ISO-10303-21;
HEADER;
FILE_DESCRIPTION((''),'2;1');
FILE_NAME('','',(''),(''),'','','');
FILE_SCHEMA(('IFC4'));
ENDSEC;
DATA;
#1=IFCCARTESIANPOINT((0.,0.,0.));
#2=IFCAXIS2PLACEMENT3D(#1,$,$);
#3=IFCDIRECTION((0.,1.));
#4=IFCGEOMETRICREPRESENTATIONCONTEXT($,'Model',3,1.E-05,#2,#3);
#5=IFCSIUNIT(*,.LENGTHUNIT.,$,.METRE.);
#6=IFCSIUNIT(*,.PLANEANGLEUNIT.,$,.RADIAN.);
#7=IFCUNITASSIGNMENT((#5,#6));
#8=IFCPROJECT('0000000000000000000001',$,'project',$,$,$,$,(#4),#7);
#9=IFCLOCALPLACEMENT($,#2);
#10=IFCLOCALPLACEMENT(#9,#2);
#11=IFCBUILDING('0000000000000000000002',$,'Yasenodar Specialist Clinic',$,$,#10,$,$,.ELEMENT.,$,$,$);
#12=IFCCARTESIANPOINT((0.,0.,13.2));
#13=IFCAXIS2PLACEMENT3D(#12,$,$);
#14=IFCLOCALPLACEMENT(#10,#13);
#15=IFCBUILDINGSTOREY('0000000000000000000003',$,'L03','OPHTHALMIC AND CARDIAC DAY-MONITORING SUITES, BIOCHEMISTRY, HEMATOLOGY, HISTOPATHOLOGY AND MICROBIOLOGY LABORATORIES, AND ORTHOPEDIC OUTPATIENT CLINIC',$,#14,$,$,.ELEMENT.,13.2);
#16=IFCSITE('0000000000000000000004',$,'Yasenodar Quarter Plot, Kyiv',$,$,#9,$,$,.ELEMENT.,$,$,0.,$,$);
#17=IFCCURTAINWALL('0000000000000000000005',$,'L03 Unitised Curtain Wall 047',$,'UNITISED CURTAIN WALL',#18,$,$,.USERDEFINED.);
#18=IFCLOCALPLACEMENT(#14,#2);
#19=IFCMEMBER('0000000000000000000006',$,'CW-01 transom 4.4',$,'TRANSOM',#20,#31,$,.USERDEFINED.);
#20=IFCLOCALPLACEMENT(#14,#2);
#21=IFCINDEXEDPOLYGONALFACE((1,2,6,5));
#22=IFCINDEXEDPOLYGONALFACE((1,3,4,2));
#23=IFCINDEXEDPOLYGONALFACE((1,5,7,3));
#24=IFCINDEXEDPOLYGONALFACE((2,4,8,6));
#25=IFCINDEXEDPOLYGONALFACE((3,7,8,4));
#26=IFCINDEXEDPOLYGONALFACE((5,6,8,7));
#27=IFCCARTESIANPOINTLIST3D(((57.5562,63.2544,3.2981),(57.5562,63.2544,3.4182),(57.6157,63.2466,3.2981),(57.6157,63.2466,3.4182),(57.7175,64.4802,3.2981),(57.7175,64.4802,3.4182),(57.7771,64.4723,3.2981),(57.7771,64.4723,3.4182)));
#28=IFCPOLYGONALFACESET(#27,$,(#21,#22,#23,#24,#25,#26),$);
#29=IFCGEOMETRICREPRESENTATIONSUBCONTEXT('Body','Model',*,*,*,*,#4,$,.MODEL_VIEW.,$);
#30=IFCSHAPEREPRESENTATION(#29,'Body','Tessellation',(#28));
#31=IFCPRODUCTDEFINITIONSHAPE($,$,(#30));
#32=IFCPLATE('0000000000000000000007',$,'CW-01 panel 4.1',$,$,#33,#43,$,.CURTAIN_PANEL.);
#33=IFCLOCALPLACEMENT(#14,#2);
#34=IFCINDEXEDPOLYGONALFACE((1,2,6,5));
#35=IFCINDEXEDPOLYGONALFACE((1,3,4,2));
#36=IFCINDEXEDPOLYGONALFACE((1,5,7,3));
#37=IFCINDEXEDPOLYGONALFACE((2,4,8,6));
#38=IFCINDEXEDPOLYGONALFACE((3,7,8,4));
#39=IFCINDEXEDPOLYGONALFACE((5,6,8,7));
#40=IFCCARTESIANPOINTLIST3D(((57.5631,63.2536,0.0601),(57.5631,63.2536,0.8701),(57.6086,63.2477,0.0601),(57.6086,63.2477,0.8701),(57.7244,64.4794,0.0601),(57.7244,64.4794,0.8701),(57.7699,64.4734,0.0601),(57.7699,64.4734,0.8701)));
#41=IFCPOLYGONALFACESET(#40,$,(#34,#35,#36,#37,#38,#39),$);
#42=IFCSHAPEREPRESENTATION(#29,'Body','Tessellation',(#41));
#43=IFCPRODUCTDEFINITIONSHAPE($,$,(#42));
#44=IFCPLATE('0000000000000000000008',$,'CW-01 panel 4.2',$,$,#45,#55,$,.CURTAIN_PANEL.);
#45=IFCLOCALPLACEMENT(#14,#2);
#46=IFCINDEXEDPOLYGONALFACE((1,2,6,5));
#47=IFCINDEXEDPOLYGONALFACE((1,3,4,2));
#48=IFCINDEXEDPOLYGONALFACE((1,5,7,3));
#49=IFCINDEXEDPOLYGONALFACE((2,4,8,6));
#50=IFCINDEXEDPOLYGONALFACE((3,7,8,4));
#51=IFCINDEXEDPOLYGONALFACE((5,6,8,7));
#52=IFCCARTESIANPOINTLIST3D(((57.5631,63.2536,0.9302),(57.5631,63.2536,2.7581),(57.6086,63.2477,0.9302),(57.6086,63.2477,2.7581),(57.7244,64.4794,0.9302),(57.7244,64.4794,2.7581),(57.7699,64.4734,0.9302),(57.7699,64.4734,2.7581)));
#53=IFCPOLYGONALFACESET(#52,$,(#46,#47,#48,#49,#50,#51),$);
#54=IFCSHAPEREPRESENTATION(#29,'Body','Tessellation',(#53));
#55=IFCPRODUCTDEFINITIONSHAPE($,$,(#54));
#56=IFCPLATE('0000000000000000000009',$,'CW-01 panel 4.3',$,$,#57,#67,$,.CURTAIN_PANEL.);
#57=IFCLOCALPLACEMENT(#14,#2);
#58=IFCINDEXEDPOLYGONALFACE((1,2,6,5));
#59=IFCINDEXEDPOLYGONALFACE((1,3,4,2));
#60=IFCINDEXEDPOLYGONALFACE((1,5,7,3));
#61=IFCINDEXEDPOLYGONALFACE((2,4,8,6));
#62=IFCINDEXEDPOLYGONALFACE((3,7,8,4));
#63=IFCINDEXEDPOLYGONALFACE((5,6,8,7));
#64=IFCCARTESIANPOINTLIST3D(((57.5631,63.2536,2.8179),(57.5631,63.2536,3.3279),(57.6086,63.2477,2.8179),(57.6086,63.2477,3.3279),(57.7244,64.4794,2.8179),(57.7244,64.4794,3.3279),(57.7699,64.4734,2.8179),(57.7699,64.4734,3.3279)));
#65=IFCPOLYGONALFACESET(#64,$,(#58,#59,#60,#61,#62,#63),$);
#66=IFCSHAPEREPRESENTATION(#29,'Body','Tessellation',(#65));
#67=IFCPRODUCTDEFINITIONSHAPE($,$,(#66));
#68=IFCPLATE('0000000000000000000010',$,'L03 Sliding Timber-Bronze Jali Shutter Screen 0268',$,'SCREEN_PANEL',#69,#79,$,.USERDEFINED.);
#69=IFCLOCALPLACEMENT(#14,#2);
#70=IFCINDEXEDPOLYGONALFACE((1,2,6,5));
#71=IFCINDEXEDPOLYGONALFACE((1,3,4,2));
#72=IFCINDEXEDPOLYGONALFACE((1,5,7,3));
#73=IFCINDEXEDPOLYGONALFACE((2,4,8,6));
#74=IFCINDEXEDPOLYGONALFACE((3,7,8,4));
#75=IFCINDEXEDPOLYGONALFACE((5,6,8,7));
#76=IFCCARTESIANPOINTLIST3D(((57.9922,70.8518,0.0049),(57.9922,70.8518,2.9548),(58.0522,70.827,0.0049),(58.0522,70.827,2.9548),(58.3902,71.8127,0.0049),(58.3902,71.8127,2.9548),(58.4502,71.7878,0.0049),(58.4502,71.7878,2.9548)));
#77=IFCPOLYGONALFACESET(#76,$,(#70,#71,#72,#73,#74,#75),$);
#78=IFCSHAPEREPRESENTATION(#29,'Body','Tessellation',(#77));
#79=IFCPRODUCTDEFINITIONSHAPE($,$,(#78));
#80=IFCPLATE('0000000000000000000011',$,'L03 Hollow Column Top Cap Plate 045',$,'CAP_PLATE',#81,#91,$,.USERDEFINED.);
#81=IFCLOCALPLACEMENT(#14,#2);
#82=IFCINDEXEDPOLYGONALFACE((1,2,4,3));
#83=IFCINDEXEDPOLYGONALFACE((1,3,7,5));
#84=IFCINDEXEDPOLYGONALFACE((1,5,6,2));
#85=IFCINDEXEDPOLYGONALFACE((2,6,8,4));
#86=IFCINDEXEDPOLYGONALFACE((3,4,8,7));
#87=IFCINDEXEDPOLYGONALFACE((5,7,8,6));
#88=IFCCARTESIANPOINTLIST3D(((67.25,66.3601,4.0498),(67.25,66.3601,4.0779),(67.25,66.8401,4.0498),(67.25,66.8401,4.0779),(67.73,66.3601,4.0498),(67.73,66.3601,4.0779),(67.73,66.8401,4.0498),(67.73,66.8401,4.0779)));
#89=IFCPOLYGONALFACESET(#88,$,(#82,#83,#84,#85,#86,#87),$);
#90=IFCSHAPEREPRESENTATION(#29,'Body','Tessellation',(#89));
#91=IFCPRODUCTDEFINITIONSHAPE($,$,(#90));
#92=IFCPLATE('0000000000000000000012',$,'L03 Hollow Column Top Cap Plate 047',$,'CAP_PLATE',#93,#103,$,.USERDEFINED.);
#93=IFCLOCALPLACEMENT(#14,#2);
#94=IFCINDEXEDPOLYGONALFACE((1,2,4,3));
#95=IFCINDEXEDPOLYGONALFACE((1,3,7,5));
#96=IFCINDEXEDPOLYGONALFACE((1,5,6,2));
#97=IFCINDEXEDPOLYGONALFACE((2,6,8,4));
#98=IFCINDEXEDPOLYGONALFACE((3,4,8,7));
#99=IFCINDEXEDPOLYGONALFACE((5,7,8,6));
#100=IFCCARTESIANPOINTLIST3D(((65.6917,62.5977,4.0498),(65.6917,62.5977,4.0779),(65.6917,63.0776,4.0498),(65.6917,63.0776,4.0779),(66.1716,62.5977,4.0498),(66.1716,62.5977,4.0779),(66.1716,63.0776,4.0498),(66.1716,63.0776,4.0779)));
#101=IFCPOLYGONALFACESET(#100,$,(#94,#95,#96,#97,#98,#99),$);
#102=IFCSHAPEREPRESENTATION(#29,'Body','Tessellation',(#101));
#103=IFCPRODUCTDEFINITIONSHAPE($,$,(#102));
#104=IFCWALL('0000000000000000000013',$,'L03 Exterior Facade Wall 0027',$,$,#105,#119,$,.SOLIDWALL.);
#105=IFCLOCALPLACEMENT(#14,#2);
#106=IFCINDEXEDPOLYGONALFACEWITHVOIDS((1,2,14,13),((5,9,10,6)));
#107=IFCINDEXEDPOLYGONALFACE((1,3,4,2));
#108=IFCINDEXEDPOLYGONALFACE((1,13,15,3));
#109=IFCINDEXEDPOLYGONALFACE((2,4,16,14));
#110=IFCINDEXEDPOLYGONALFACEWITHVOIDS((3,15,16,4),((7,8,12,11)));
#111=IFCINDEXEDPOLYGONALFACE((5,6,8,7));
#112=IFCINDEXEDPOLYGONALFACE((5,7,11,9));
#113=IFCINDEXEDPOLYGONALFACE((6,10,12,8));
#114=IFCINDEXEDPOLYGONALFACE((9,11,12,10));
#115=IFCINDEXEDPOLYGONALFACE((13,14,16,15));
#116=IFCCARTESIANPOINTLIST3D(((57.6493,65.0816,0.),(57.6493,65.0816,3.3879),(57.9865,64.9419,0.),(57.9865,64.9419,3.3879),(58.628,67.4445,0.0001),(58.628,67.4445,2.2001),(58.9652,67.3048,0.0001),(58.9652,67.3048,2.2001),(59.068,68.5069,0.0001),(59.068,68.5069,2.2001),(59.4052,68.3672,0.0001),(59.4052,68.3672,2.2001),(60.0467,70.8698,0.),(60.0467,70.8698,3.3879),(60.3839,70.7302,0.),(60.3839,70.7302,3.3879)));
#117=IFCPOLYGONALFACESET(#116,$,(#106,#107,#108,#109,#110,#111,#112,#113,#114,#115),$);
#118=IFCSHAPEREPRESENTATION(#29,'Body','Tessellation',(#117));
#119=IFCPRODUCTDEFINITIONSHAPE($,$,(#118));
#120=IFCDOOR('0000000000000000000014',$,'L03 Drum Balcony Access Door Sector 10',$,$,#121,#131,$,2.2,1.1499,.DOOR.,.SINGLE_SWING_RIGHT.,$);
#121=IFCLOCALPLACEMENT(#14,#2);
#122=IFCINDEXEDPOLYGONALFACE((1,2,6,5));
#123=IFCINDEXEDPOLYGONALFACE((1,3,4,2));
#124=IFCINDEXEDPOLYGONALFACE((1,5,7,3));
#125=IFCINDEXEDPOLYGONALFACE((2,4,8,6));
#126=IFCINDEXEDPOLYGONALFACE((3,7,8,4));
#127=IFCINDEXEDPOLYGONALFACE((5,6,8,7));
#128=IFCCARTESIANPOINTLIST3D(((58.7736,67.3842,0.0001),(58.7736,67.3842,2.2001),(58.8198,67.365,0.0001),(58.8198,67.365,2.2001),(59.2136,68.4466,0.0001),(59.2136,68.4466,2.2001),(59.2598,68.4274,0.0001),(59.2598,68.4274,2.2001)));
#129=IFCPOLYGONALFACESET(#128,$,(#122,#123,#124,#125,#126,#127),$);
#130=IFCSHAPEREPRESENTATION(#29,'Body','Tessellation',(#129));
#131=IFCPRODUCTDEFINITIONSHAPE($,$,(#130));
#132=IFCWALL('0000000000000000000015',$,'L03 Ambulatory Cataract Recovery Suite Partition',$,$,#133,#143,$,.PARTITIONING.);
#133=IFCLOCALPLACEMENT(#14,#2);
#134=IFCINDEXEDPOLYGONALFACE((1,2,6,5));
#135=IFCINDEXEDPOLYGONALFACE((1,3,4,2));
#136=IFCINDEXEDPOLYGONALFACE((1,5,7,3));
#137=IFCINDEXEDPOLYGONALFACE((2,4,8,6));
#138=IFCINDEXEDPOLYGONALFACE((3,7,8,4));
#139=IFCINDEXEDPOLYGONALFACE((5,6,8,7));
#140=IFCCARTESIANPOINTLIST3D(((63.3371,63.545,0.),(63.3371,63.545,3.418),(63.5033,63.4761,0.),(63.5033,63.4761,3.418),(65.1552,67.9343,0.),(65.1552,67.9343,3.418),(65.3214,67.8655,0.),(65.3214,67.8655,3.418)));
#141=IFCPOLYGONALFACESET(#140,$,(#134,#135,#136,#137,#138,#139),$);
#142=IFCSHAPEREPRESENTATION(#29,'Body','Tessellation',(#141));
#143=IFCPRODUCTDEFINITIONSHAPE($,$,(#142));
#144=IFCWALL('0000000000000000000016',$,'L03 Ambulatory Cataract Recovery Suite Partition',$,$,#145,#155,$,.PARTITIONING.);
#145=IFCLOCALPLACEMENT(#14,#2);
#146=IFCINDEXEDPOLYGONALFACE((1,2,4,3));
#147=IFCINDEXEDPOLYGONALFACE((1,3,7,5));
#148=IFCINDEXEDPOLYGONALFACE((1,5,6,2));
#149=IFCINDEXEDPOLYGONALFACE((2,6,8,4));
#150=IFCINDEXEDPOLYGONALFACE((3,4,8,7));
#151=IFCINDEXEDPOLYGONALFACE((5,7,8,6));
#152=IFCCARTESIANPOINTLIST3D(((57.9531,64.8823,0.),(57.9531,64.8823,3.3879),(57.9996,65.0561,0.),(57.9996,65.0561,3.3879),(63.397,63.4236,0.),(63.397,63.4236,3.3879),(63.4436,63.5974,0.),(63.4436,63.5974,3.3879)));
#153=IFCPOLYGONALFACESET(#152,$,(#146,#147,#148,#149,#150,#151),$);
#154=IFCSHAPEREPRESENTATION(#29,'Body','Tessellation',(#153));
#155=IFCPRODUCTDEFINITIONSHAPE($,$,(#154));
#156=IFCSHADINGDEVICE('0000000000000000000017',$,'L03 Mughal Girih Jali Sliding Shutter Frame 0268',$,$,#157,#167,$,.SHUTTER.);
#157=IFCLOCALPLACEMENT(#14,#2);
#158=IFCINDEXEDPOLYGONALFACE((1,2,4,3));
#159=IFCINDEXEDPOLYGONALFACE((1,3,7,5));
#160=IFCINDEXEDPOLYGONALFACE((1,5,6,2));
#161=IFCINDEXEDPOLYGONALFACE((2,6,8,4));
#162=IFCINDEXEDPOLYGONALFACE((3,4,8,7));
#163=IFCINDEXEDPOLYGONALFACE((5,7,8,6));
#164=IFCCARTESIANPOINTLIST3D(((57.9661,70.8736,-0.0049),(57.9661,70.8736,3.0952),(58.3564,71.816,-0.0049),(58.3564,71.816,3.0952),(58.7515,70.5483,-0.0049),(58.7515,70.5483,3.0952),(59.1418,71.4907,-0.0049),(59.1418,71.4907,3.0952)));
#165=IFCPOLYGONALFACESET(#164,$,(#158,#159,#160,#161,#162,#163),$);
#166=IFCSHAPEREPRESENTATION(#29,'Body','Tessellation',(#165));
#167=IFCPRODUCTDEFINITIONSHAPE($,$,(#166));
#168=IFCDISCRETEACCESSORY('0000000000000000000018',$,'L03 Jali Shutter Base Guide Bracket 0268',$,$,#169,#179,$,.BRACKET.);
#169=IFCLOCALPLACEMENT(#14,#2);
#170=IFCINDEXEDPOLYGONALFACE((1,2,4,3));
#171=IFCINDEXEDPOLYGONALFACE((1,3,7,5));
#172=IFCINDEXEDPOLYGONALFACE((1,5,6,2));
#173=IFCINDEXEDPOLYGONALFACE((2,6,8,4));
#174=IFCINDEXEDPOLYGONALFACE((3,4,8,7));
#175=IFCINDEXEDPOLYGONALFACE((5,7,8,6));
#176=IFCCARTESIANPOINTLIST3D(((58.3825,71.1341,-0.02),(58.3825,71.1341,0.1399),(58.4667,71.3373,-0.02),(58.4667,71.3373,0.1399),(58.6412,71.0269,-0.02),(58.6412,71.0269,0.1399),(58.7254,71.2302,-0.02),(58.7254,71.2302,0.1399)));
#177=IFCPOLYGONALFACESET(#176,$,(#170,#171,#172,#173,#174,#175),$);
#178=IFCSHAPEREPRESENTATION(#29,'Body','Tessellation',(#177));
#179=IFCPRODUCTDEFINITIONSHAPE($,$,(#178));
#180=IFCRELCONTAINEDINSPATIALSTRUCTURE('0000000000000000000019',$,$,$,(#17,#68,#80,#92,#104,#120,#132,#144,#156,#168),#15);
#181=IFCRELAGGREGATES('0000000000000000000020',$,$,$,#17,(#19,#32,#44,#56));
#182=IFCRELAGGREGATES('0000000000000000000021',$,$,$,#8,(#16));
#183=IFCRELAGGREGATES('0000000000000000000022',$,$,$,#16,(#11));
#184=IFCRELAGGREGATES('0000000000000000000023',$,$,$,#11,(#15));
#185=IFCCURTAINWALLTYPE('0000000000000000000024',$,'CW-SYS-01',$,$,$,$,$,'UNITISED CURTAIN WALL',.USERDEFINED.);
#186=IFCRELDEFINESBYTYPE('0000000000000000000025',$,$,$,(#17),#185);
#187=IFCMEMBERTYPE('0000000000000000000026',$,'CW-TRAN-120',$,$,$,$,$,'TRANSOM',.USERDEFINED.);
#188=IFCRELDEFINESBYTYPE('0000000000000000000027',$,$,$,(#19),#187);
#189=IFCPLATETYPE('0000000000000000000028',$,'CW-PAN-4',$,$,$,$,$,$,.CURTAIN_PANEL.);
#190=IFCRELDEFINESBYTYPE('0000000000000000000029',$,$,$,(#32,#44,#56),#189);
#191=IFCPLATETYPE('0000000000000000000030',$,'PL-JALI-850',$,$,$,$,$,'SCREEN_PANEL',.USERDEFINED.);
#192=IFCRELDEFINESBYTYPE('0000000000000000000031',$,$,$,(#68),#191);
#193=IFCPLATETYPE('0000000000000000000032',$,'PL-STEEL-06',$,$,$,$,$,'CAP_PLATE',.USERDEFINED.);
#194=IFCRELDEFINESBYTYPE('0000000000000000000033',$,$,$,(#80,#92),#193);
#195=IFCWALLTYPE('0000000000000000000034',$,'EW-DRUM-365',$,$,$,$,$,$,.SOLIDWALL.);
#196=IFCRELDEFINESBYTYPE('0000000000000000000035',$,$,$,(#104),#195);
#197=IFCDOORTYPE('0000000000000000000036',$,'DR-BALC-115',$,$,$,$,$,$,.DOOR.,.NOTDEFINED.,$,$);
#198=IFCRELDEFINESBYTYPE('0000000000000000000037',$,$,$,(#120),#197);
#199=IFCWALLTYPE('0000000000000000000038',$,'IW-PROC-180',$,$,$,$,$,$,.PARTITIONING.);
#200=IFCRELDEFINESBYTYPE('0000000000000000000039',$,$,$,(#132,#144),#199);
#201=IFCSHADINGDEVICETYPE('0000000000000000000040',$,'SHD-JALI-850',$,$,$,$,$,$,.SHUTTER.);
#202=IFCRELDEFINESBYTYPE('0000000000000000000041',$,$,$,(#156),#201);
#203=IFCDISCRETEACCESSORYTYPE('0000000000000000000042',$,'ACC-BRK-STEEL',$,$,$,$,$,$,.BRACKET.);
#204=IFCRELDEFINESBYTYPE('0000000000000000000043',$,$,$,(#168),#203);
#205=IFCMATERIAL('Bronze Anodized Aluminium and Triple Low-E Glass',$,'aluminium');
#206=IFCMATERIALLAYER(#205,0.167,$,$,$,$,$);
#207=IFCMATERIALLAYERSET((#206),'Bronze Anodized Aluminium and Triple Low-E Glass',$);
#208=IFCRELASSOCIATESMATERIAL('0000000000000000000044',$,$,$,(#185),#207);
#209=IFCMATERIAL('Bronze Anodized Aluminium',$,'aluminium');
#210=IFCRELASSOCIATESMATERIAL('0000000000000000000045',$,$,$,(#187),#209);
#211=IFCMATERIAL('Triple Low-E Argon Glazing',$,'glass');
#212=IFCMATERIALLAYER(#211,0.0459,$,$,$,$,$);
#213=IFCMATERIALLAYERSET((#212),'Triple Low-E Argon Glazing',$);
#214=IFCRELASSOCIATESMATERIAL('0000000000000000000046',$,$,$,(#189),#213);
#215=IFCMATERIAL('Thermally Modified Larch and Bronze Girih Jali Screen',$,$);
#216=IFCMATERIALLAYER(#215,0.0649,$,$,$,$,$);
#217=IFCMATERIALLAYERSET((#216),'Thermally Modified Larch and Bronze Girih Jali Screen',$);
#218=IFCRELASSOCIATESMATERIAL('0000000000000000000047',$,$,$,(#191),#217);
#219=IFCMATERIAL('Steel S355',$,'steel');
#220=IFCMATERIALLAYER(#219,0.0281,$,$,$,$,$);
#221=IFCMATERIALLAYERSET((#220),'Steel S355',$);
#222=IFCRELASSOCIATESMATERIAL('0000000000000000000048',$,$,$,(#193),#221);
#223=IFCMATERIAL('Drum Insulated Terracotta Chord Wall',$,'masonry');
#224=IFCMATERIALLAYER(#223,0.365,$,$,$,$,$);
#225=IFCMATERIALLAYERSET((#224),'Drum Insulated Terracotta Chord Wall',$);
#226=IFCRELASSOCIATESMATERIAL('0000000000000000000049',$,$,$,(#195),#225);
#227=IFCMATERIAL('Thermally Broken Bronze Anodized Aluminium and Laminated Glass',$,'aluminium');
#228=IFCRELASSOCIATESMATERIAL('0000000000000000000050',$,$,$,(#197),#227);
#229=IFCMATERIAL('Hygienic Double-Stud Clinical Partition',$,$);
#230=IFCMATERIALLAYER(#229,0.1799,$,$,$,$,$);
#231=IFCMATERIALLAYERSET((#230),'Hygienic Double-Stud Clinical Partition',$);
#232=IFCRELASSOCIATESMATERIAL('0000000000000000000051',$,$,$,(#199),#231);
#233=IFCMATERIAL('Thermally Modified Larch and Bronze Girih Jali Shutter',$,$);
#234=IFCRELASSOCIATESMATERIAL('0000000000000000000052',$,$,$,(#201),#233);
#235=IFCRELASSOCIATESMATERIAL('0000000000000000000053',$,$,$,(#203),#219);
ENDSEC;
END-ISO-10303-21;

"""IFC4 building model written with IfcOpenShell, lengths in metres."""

from ifc_helpers import new_model, si_unit, direction, frame, frame_2d, origin, origin_2d, place, context, subcontext, project, spatial, rectangle, extrude, material, layer, layer_set, material_profile, profile_set, type_object, element, fill, aggregate, save


model = new_model("IFC4")

# Units and contexts
model_context = context("Model", 3, precision=1e-05, world=origin(), true_north=direction((0.0, 1.0)))
body_context = subcontext(model_context, "Body", "Model", "MODEL_VIEW")
ifc_project = project(units=[si_unit("LENGTHUNIT", "METRE"), si_unit("PLANEANGLEUNIT", "RADIAN")], contexts=[model_context])

# Site, building, storey
site_placement = place(None, origin())
site = spatial("IfcSite", under=ifc_project, at=site_placement, Name="Yasenodar Quarter Plot, Kyiv", CompositionType="ELEMENT", RefElevation=0.0)
building_placement = place(site_placement, origin())
building = spatial("IfcBuilding", under=site, at=building_placement, Name="Yasenodar Specialist Clinic", CompositionType="ELEMENT")
storey_placement = place(building_placement, frame((0.0, 0.0, 13.2)))
storey = spatial("IfcBuildingStorey", under=building, at=storey_placement, Name="L03", Description="OPHTHALMIC AND CARDIAC DAY-MONITORING SUITES, BIOCHEMISTRY, HEMATOLOGY, HISTOPATHOLOGY AND MICROBIOLOGY LABORATORIES, AND ORTHOPEDIC OUTPATIENT CLINIC", CompositionType="ELEMENT", Elevation=13.2)

# Shared definitions
ifc_material_1 = material(Name="Steel S355", Category="steel")

# Shared definitions
ifc_material_2 = material(Name="Bronze Anodized Aluminium and Triple Low-E Glass", Category="aluminium")
ifc_layer_1 = layer(ifc_material_2, 0.167)
ifc_layer_set_1 = layer_set([ifc_layer_1], Name="Bronze Anodized Aluminium and Triple Low-E Glass")
curtain_wall_type = type_object("IfcCurtainWallType", Name="CW-SYS-01", ElementType="UNITISED CURTAIN WALL", PredefinedType="USERDEFINED", material=ifc_layer_set_1)
ifc_material_3 = material(Name="Bronze Anodized Aluminium", Category="aluminium")

# Curtain wall
curtain_wall_1_placement = place(storey_placement, origin())
curtain_wall_1 = element("IfcCurtainWall", 1, at=curtain_wall_1_placement, inside=storey, type_object=curtain_wall_type, Name="L03 Unitised Curtain Wall 047", ObjectType="UNITISED CURTAIN WALL", PredefinedType="USERDEFINED")

# Member
ifc_material_profile_1 = material_profile(ifc_material_3, rectangle(XDim=0.0601, YDim=0.1201, at=origin_2d()), Name="CW-TRAN 60x120")
ifc_profile_set_1 = profile_set([ifc_material_profile_1], Name="Bronze Anodized Aluminium")
member_type_1 = type_object("IfcMemberType", Name="CW-TRAN-120", ElementType="TRANSOM", PredefinedType="USERDEFINED", material=ifc_profile_set_1)
member_1_placement = place(storey_placement, frame((57.5859, 63.2505, 3.3582), z_axis=(0.130521, 0.991446, 0.0), x_axis=(-0.991446, 0.130521, 0.0)))
member_1 = element("IfcMember", 2, at=member_1_placement, type_object=member_type_1, Name="CW-01 transom 4.4", ObjectType="TRANSOM", PredefinedType="USERDEFINED", context=body_context, shape_type="SweptSolid", body=[
    extrude(rectangle(XDim=0.0601, YDim=0.1201, at=origin_2d()), origin(), (0.0, 0.0, 1.0), 1.2363),
])

# Plates
ifc_material_4 = material(Name="Triple Low-E Argon Glazing", Category="glass")
ifc_layer_2 = layer(ifc_material_4, 0.0459)
ifc_layer_set_2 = layer_set([ifc_layer_2], Name="Triple Low-E Argon Glazing")
plate_type_1 = type_object("IfcPlateType", Name="CW-PAN-4", PredefinedType="CURTAIN_PANEL", material=ifc_layer_set_2)
plate_1_placement = place(storey_placement, frame((57.6665, 63.8635, 0.0601), z_axis=(0.0, 0.0, 1.0), x_axis=(0.130512, 0.991447, 0.0)))
plate_1 = element("IfcPlate", 3, at=plate_1_placement, type_object=plate_type_1, Name="CW-01 panel 4.1", PredefinedType="CURTAIN_PANEL", context=body_context, shape_type="SweptSolid", body=[
    extrude(rectangle(XDim=1.2363, YDim=0.0459, at=origin_2d()), origin(), (0.0, 0.0, 1.0), 0.8101),
])
plate_2_placement = place(storey_placement, frame((57.6665, 63.8635, 0.9302), z_axis=(0.0, 0.0, 1.0), x_axis=(0.130512, 0.991447, 0.0)))
plate_2 = element("IfcPlate", 4, at=plate_2_placement, type_object=plate_type_1, Name="CW-01 panel 4.2", PredefinedType="CURTAIN_PANEL", context=body_context, shape_type="SweptSolid", body=[
    extrude(rectangle(XDim=1.2363, YDim=0.0459, at=origin_2d()), origin(), (0.0, 0.0, 1.0), 1.8279),
])
plate_3_placement = place(storey_placement, frame((57.6665, 63.8635, 2.8179), z_axis=(0.0, 0.0, 1.0), x_axis=(0.130512, 0.991447, 0.0)))
plate_3 = element("IfcPlate", 5, at=plate_3_placement, type_object=plate_type_1, Name="CW-01 panel 4.3", PredefinedType="CURTAIN_PANEL", context=body_context, shape_type="SweptSolid", body=[
    extrude(rectangle(XDim=1.2363, YDim=0.0459, at=origin_2d()), origin(), (0.0, 0.0, 1.0), 0.51),
])
aggregate(curtain_wall_1, [member_1, plate_1, plate_2, plate_3])

# Plates
ifc_material_5 = material(Name="Thermally Modified Larch and Bronze Girih Jali Screen")
ifc_layer_3 = layer(ifc_material_5, 0.0649)
ifc_layer_set_3 = layer_set([ifc_layer_3], Name="Thermally Modified Larch and Bronze Girih Jali Screen")
plate_type_2 = type_object("IfcPlateType", Name="PL-JALI-850", ElementType="SCREEN_PANEL", PredefinedType="USERDEFINED", material=ifc_layer_set_3)
plate_4_placement = place(storey_placement, frame((58.2212, 71.3198, 0.0049), z_axis=(0.0, 0.0, 1.0), x_axis=(-0.382687, -0.923878, 0.0)))
element("IfcPlate", 6, at=plate_4_placement, inside=storey, type_object=plate_type_2, Name="L03 Sliding Timber-Bronze Jali Shutter Screen 0268", ObjectType="SCREEN_PANEL", PredefinedType="USERDEFINED", context=body_context, shape_type="SweptSolid", body=[
    extrude(rectangle(XDim=1.04, YDim=0.0649, at=origin_2d()), origin(), (0.0, 0.0, 1.0), 2.95),
])
ifc_layer_4 = layer(ifc_material_1, 0.0281)
ifc_layer_set_4 = layer_set([ifc_layer_4], Name="Steel S355")
plate_type_3 = type_object("IfcPlateType", Name="PL-STEEL-06", ElementType="CAP_PLATE", PredefinedType="USERDEFINED", material=ifc_layer_set_4)
for number, where, z_axis, x_axis, name in (
    (7, (67.49, 66.6001, 4.0498), (0.0, 0.0, 1.0), (1.0, 0.0, 0.0), "L03 Hollow Column Top Cap Plate 045"),
    (8, (65.9316, 62.8376, 4.0498), (0.0, 0.0, 1.0), (1.0, 0.0, 0.0), "L03 Hollow Column Top Cap Plate 047"),
):
    element("IfcPlate", number, at=place(storey_placement, frame(where, z_axis=z_axis, x_axis=x_axis)), inside=storey, type_object=plate_type_3, Name=name, ObjectType="CAP_PLATE", PredefinedType="USERDEFINED", context=body_context, shape_type="SweptSolid", body=[
        extrude(rectangle(XDim=0.48, YDim=0.48, at=origin_2d()), origin(), (0.0, 0.0, 1.0), 0.0281),
    ])

# Wall, opening, door
ifc_material_6 = material(Name="Drum Insulated Terracotta Chord Wall", Category="masonry")
ifc_layer_5 = layer(ifc_material_6, 0.365)
ifc_layer_set_5 = layer_set([ifc_layer_5], Name="Drum Insulated Terracotta Chord Wall")
wall_type_1 = type_object("IfcWallType", Name="EW-DRUM-365", PredefinedType="SOLIDWALL", material=ifc_layer_set_5)
wall_1_placement = place(storey_placement, frame((57.8179, 65.0117, 0.0), z_axis=(0.0, 0.0, 1.0), x_axis=(0.382664, 0.923888, 0.0)))
wall_1 = element("IfcWall", 9, at=wall_1_placement, inside=storey, type_object=wall_type_1, Name="L03 Exterior Facade Wall 0027", PredefinedType="SOLIDWALL", context=body_context, shape_type="SweptSolid", body=[
    extrude(rectangle(XDim=6.2651, YDim=0.365, at=frame_2d((3.1326, 0.0))), origin(), (0.0, 0.0, 1.0), 3.3879),
])
opening_placement = place(wall_1_placement, frame((2.5576, 0.0, 0.0)))
opening = element("IfcOpeningElement", 10, at=opening_placement, cuts=wall_1, PredefinedType="OPENING", context=body_context, shape_type="SweptSolid", body=[
    extrude(rectangle(XDim=1.1499, YDim=2.2, at=frame_2d((0.575, 1.1001))), frame((0.0, 0.1924, 0.0), z_axis=(0.0, -1.0, 0.0), x_axis=(1.0, 0.0, 0.0)), (0.0, 0.0, 1.0), 0.385),
])
ifc_material_7 = material(Name="Thermally Broken Bronze Anodized Aluminium and Laminated Glass", Category="aluminium")
door_type = type_object("IfcDoorType", Name="DR-BALC-115", OperationType="NOTDEFINED", PredefinedType="DOOR", material=ifc_material_7)
door_placement = place(opening_placement, origin())
door = element("IfcDoor", 11, at=door_placement, inside=storey, type_object=door_type, Name="L03 Drum Balcony Access Door Sector 10", OperationType="SINGLE_SWING_RIGHT", OverallHeight=2.2, OverallWidth=1.1499, PredefinedType="DOOR", context=body_context, shape_type="SweptSolid", body=[
    extrude(rectangle(XDim=1.1499, YDim=2.2, at=frame_2d((0.575, 1.1001))), frame((0.0, 0.0249, 0.0), z_axis=(0.0, -1.0, 0.0), x_axis=(1.0, 0.0, 0.0)), (0.0, 0.0, 1.0), 0.05),
])
fill(opening, door)

# Walls
ifc_material_8 = material(Name="Hygienic Double-Stud Clinical Partition")
ifc_layer_6 = layer(ifc_material_8, 0.1799)
ifc_layer_set_6 = layer_set([ifc_layer_6], Name="Hygienic Double-Stud Clinical Partition")
wall_type_2 = type_object("IfcWallType", Name="IW-PROC-180", PredefinedType="PARTITIONING", material=ifc_layer_set_6)
wall_2_placement = place(storey_placement, frame((65.2383, 67.8999, 0.0), z_axis=(0.0, 0.0, 1.0), x_axis=(-0.382677, -0.923882, 0.0)))
element("IfcWall", 12, at=wall_2_placement, inside=storey, type_object=wall_type_2, Name="L03 Ambulatory Cataract Recovery Suite Partition", PredefinedType="PARTITIONING", context=body_context, shape_type="SweptSolid", body=[
    extrude(rectangle(XDim=4.751, YDim=0.1799, at=frame_2d((2.3755, 0.0))), origin(), (0.0, 0.0, 1.0), 3.418),
])
wall_3_placement = place(storey_placement, frame((63.4202, 63.5105, 0.0), z_axis=(0.0, 0.0, 1.0), x_axis=(-0.965923, 0.25883, 0.0)))
element("IfcWall", 13, at=wall_3_placement, inside=storey, type_object=wall_type_2, Name="L03 Ambulatory Cataract Recovery Suite Partition", PredefinedType="PARTITIONING", context=body_context, shape_type="SweptSolid", body=[
    extrude(rectangle(XDim=5.636, YDim=0.1799, at=frame_2d((2.8179, 0.0))), origin(), (0.0, 0.0, 1.0), 3.3879),
])

# Shading device
ifc_material_9 = material(Name="Thermally Modified Larch and Bronze Girih Jali Shutter")
shading_device_type = type_object("IfcShadingDeviceType", Name="SHD-JALI-850", PredefinedType="SHUTTER", material=ifc_material_9)
shading_device_placement = place(storey_placement, frame((58.554, 71.1821, -0.0049), z_axis=(0.0, 0.0, 1.0), x_axis=(-0.382687, -0.923878, 0.0)))
element("IfcShadingDevice", 14, at=shading_device_placement, inside=storey, type_object=shading_device_type, Name="L03 Mughal Girih Jali Sliding Shutter Frame 0268", PredefinedType="SHUTTER", context=body_context, shape_type="SweptSolid", body=[
    extrude(rectangle(XDim=1.02, YDim=0.8501, at=origin_2d()), origin(), (0.0, 0.0, 1.0), 3.1001),
])

# Discrete accessory
discrete_accessory_type = type_object("IfcDiscreteAccessoryType", Name="ACC-BRK-STEEL", PredefinedType="BRACKET", material=ifc_material_1)
discrete_accessory_placement = place(storey_placement, frame((58.554, 71.1821, -0.02), z_axis=(0.0, 0.0, 1.0), x_axis=(-0.382687, -0.923878, 0.0)))
element("IfcDiscreteAccessory", 15, at=discrete_accessory_placement, inside=storey, type_object=discrete_accessory_type, Name="L03 Jali Shutter Base Guide Bracket 0268", PredefinedType="BRACKET", context=body_context, shape_type="SweptSolid", body=[
    extrude(rectangle(XDim=0.22, YDim=0.28, at=origin_2d()), origin(), (0.0, 0.0, 1.0), 0.1599),
])

save(model, "model.ifc")
